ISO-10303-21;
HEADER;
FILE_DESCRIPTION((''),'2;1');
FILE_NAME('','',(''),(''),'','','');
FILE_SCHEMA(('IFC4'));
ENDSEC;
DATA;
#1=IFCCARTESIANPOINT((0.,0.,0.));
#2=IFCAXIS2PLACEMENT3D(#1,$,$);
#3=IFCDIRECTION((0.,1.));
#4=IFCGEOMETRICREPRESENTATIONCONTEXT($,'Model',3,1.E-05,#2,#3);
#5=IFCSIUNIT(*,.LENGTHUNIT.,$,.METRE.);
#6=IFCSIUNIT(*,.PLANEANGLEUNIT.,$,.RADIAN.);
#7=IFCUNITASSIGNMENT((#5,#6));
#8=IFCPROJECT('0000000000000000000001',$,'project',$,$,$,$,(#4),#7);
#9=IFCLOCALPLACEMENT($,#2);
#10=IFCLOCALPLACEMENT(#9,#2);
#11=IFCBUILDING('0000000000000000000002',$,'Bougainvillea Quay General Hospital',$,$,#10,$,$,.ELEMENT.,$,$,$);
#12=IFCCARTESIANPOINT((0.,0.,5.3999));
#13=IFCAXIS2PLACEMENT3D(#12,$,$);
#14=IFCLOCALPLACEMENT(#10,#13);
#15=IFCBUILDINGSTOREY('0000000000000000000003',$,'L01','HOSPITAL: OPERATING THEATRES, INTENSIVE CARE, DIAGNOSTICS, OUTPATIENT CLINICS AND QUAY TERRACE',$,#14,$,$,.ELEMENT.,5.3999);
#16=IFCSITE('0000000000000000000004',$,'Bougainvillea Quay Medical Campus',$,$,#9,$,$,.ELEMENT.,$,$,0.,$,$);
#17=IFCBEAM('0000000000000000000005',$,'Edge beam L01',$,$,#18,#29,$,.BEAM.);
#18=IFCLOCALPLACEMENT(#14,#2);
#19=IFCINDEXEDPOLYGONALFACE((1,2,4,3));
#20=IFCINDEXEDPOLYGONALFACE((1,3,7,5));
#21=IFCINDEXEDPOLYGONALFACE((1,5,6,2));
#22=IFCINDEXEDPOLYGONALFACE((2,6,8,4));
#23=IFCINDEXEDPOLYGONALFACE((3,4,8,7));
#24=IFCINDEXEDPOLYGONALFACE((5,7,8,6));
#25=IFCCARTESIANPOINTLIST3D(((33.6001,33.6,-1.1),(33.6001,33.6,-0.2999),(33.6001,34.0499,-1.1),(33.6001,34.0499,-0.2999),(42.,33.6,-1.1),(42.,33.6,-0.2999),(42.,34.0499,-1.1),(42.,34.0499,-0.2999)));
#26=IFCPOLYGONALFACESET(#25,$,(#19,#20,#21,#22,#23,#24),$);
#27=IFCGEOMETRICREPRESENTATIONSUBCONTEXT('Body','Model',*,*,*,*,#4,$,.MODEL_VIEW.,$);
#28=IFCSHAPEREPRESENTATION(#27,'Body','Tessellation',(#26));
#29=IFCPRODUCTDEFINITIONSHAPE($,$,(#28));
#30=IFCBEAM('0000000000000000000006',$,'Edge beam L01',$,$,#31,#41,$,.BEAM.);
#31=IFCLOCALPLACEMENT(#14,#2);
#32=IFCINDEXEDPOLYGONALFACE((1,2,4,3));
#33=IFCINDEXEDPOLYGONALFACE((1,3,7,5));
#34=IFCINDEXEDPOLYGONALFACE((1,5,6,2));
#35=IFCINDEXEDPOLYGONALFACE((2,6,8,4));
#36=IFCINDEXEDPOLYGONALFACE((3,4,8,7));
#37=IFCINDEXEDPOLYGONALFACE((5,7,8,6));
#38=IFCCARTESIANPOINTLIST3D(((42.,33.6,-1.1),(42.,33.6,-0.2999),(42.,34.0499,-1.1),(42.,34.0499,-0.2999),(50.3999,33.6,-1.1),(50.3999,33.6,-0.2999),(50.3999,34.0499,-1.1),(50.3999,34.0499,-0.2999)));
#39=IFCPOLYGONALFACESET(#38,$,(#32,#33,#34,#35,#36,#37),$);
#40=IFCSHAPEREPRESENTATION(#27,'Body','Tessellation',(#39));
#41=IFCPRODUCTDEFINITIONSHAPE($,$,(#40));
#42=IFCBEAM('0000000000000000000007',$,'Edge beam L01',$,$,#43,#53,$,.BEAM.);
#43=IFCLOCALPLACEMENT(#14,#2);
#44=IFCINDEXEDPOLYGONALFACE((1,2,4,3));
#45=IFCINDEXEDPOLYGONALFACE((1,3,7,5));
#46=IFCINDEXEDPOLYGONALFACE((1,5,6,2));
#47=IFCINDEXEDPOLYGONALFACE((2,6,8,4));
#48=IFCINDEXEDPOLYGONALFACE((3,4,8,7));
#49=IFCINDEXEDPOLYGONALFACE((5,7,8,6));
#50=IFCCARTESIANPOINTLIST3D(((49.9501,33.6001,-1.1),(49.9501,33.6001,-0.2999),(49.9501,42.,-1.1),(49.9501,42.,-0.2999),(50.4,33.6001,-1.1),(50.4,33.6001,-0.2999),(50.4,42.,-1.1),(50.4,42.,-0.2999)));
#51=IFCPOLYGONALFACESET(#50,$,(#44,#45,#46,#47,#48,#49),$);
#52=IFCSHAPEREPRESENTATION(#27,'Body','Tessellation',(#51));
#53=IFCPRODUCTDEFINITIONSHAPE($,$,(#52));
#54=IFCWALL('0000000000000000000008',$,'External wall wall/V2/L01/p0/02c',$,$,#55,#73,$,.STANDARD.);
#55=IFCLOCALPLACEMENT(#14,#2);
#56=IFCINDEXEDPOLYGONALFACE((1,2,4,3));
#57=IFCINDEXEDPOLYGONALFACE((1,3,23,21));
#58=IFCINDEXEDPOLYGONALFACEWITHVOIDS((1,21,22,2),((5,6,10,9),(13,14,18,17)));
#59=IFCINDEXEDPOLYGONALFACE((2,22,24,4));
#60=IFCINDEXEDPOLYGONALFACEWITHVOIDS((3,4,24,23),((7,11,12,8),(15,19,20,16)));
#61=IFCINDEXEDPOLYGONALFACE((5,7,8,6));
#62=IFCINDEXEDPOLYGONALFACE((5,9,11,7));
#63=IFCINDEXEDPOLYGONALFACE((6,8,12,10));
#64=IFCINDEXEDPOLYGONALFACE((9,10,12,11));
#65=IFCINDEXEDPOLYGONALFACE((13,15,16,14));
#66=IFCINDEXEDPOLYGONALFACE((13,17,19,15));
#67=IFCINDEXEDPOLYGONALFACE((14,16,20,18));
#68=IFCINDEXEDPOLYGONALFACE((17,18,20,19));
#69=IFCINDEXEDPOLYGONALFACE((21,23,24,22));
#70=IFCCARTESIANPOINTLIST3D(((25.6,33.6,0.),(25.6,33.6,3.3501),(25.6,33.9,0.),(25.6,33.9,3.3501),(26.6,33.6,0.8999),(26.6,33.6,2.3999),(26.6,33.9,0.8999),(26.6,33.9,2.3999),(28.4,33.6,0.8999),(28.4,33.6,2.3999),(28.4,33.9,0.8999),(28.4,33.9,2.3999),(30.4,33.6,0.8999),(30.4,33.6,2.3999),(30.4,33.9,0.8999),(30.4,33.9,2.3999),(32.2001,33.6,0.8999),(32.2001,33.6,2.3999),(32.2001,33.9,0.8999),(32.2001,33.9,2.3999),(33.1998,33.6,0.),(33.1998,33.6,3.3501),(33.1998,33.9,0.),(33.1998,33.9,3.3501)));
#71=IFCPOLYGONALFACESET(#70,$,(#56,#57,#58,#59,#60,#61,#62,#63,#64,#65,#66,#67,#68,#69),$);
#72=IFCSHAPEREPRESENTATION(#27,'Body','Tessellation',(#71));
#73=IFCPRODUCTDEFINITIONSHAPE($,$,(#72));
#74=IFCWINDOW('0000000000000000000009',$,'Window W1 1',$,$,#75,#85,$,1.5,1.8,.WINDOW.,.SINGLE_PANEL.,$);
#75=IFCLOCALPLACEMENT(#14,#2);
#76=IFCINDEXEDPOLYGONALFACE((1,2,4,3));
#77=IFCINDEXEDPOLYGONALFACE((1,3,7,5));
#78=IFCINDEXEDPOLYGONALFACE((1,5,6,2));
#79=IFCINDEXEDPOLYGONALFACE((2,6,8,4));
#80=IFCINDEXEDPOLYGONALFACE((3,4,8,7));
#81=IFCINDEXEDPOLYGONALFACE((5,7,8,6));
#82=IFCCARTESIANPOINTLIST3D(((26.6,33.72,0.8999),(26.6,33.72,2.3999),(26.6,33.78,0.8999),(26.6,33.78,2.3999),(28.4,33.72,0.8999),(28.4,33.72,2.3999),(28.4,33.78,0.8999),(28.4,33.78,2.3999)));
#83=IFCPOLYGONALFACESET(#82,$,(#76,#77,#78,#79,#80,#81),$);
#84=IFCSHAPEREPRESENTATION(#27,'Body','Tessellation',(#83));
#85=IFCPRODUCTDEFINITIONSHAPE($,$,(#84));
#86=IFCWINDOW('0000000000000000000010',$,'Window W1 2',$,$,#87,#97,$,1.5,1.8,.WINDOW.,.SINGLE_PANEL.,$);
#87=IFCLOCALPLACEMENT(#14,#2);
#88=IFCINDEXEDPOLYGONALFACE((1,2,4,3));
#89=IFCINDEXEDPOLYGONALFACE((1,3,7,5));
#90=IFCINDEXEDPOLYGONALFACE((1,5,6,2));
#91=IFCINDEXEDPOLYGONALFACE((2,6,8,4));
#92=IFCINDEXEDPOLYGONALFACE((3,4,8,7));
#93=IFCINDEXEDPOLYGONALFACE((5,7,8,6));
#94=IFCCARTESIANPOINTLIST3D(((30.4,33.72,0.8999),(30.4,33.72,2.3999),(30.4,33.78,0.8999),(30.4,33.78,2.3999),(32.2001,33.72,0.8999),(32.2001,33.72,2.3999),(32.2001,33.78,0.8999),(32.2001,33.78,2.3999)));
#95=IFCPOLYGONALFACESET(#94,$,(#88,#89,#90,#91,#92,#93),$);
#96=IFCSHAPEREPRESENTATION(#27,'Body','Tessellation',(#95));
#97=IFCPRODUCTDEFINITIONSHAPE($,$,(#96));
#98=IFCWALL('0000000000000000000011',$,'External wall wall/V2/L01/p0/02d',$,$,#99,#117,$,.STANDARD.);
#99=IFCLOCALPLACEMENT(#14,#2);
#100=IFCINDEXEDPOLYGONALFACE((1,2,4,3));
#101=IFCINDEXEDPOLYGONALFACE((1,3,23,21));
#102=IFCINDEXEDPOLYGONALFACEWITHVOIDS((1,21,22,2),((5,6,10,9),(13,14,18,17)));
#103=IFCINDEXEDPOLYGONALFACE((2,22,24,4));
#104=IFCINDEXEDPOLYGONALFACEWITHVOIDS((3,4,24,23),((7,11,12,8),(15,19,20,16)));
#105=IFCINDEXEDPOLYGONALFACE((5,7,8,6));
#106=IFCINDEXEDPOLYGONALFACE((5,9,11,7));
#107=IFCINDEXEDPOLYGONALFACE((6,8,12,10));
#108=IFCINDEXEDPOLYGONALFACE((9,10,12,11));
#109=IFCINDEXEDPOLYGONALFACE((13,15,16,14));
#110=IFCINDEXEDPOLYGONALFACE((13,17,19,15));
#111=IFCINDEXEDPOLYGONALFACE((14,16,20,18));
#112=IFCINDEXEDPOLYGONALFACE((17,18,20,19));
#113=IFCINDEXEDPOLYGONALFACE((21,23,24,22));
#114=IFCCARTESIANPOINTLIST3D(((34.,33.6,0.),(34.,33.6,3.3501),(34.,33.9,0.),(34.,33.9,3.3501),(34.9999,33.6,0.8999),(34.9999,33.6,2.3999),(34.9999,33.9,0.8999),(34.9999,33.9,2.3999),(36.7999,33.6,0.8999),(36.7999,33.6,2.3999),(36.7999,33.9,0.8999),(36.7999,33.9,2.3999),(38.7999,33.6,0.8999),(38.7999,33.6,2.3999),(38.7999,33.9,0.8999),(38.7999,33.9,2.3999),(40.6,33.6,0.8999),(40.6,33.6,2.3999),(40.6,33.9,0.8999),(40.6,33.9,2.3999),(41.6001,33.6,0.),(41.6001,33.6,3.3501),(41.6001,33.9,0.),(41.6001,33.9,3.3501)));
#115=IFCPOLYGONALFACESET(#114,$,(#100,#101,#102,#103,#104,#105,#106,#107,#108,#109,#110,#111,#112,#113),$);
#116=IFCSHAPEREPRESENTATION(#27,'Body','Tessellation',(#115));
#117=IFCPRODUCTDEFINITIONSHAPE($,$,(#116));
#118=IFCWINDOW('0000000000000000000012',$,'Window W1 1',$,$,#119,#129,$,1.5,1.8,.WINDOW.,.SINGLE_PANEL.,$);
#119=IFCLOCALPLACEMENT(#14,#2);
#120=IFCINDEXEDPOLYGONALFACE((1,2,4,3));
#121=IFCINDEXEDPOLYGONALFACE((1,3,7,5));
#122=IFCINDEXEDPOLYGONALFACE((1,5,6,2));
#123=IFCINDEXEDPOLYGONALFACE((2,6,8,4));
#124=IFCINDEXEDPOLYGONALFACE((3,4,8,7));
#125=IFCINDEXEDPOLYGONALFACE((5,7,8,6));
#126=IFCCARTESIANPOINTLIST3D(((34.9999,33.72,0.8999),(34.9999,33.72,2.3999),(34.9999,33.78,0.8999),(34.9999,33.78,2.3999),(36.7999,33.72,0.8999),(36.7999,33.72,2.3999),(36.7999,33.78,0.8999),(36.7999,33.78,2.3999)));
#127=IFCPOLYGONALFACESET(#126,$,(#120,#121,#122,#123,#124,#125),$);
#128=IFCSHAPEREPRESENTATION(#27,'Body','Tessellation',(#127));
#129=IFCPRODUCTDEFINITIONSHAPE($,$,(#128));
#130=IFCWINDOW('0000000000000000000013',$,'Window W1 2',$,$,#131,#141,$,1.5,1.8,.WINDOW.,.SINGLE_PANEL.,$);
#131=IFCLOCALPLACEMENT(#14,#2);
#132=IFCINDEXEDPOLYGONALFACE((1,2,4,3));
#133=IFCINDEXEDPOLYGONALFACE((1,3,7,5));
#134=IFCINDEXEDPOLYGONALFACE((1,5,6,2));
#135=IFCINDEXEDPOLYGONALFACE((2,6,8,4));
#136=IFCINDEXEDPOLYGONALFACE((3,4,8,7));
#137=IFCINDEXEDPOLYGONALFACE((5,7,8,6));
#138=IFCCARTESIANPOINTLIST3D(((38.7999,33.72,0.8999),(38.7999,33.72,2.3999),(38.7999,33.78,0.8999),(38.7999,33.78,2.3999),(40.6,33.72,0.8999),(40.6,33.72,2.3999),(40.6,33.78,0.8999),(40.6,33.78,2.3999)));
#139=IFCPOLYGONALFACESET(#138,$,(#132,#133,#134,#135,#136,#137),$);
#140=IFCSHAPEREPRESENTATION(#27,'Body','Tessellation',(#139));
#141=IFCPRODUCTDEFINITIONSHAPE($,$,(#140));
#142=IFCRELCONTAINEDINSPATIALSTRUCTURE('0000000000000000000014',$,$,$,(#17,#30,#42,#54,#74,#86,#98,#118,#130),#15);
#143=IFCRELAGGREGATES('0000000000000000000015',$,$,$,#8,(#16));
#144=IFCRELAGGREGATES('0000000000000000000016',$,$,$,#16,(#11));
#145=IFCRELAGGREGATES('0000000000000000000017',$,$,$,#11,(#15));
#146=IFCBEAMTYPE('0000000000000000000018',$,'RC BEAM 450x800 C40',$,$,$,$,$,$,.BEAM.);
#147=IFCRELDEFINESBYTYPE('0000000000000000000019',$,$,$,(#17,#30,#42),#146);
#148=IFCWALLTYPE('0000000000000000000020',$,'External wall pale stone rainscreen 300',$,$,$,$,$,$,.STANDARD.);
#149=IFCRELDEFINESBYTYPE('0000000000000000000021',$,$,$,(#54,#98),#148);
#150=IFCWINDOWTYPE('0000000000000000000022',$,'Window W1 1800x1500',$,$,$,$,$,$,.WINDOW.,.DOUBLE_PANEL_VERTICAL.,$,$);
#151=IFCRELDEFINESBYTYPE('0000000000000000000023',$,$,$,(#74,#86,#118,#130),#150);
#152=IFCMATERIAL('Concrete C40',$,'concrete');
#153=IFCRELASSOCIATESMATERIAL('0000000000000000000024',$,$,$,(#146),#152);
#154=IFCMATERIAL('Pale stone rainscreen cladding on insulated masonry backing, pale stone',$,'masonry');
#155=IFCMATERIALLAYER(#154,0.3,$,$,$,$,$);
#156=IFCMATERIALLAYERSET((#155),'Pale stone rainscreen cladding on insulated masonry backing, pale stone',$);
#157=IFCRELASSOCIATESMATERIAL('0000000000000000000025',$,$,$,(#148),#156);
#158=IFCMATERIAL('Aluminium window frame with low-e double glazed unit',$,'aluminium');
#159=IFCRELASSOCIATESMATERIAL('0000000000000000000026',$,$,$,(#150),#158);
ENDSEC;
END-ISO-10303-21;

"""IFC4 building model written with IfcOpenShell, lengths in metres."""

from ifc_helpers import new_model, si_unit, direction, frame, frame_2d, origin, origin_2d, place, context, subcontext, project, spatial, rectangle, extrude, material, layer, layer_set, material_profile, profile_set, type_object, element, fill, save


model = new_model("IFC4")

# Units and contexts
model_context = context("Model", 3, precision=1e-05, world=origin(), true_north=direction((0.0, 1.0)))
body_context = subcontext(model_context, "Body", "Model", "MODEL_VIEW")
ifc_project = project(units=[si_unit("LENGTHUNIT", "METRE"), si_unit("PLANEANGLEUNIT", "RADIAN")], contexts=[model_context])

# Site, building, storey
site_placement = place(None, origin())
site = spatial("IfcSite", under=ifc_project, at=site_placement, Name="Bougainvillea Quay Medical Campus", CompositionType="ELEMENT", RefElevation=0.0)
building_placement = place(site_placement, origin())
building = spatial("IfcBuilding", under=site, at=building_placement, Name="Bougainvillea Quay General Hospital", CompositionType="ELEMENT")
storey_placement = place(building_placement, frame((0.0, 0.0, 5.3999)))
storey = spatial("IfcBuildingStorey", under=building, at=storey_placement, Name="L01", Description="HOSPITAL: OPERATING THEATRES, INTENSIVE CARE, DIAGNOSTICS, OUTPATIENT CLINICS AND QUAY TERRACE", CompositionType="ELEMENT", Elevation=5.3999)

# Beams
ifc_material_1 = material(Name="Concrete C40", Category="concrete")
ifc_material_profile_1 = material_profile(ifc_material_1, rectangle(XDim=0.45, YDim=0.8, at=origin_2d()))
ifc_profile_set_1 = profile_set([ifc_material_profile_1], Name="Concrete C40")
beam_type_1 = type_object("IfcBeamType", Name="RC BEAM 450x800 C40", PredefinedType="BEAM", material=ifc_profile_set_1)
for number, where, z_axis, x_axis, name in (
    (1, (33.6001, 33.825, -0.7), (1.0, 0.0, 0.0), (0.0, 1.0, 0.0), "Edge beam L01"),
    (2, (42.0, 33.825, -0.7), (1.0, 0.0, 0.0), (0.0, 1.0, 0.0), "Edge beam L01"),
    (3, (50.175, 33.6001, -0.7), (0.0, 1.0, 0.0), (-1.0, 0.0, 0.0), "Edge beam L01"),
):
    element("IfcBeam", number, at=place(storey_placement, frame(where, z_axis=z_axis, x_axis=x_axis)), inside=storey, type_object=beam_type_1, Name=name, PredefinedType="BEAM", context=body_context, shape_type="SweptSolid", body=[
        extrude(rectangle(XDim=0.45, YDim=0.8, at=origin_2d()), origin(), (0.0, 0.0, 1.0), 8.3999),
    ])

# Walls, openings, windows
ifc_material_2 = material(Name="Pale stone rainscreen cladding on insulated masonry backing, pale stone", Category="masonry")
ifc_layer_1 = layer(ifc_material_2, 0.3)
ifc_layer_set_1 = layer_set([ifc_layer_1], Name="Pale stone rainscreen cladding on insulated masonry backing, pale stone")
wall_type_1 = type_object("IfcWallType", Name="External wall pale stone rainscreen 300", PredefinedType="STANDARD", material=ifc_layer_set_1)
wall_1_placement = place(storey_placement, frame((25.6001, 33.75, 0.0), z_axis=(0.0, 0.0, 1.0), x_axis=(1.0, 0.0, 0.0)))
wall_1 = element("IfcWall", 4, at=wall_1_placement, inside=storey, type_object=wall_type_1, Name="External wall wall/V2/L01/p0/02c", PredefinedType="STANDARD", context=body_context, shape_type="SweptSolid", body=[
    extrude(rectangle(XDim=7.5999, YDim=0.3, at=frame_2d((3.7998, 0.0))), origin(), (0.0, 0.0, 1.0), 3.3501),
])
opening_1_placement = place(wall_1_placement, frame((1.0, 0.0, 0.8999)))
opening_1 = element("IfcOpeningElement", 5, at=opening_1_placement, cuts=wall_1, PredefinedType="OPENING", context=body_context, shape_type="SweptSolid", body=[
    extrude(rectangle(XDim=1.8, YDim=1.5, at=frame_2d((0.8999, 0.75))), frame((0.0, 0.1599, 0.0), z_axis=(0.0, -1.0, 0.0), x_axis=(1.0, 0.0, 0.0)), (0.0, 0.0, 1.0), 0.3201),
])
opening_2_placement = place(wall_1_placement, frame((4.8, 0.0, 0.8999)))
opening_2 = element("IfcOpeningElement", 6, at=opening_2_placement, cuts=wall_1, PredefinedType="OPENING", context=body_context, shape_type="SweptSolid", body=[
    extrude(rectangle(XDim=1.8, YDim=1.5, at=frame_2d((0.8999, 0.75))), frame((0.0, 0.1599, 0.0), z_axis=(0.0, -1.0, 0.0), x_axis=(1.0, 0.0, 0.0)), (0.0, 0.0, 1.0), 0.3201),
])
ifc_material_3 = material(Name="Aluminium window frame with low-e double glazed unit", Category="aluminium")
window_type = type_object("IfcWindowType", Name="Window W1 1800x1500", PartitioningType="DOUBLE_PANEL_VERTICAL", PredefinedType="WINDOW", material=ifc_material_3)
window_1_placement = place(opening_1_placement, origin())
window_1 = element("IfcWindow", 7, at=window_1_placement, inside=storey, type_object=window_type, Name="Window W1 1", OverallHeight=1.5, OverallWidth=1.8, PartitioningType="SINGLE_PANEL", PredefinedType="WINDOW", context=body_context, shape_type="SweptSolid", body=[
    extrude(rectangle(XDim=1.8, YDim=1.5, at=frame_2d((0.8999, 0.75))), frame((0.0, 0.03, 0.0), z_axis=(0.0, -1.0, 0.0), x_axis=(1.0, 0.0, 0.0)), (0.0, 0.0, 1.0), 0.0601),
])
fill(opening_1, window_1)
window_2_placement = place(opening_2_placement, origin())
window_2 = element("IfcWindow", 8, at=window_2_placement, inside=storey, type_object=window_type, Name="Window W1 2", OverallHeight=1.5, OverallWidth=1.8, PartitioningType="SINGLE_PANEL", PredefinedType="WINDOW", context=body_context, shape_type="SweptSolid", body=[
    extrude(rectangle(XDim=1.8, YDim=1.5, at=frame_2d((0.8999, 0.75))), frame((0.0, 0.03, 0.0), z_axis=(0.0, -1.0, 0.0), x_axis=(1.0, 0.0, 0.0)), (0.0, 0.0, 1.0), 0.0601),
])
fill(opening_2, window_2)
wall_2_placement = place(storey_placement, frame((34.0, 33.75, 0.0), z_axis=(0.0, 0.0, 1.0), x_axis=(1.0, 0.0, 0.0)))
wall_2 = element("IfcWall", 9, at=wall_2_placement, inside=storey, type_object=wall_type_1, Name="External wall wall/V2/L01/p0/02d", PredefinedType="STANDARD", context=body_context, shape_type="SweptSolid", body=[
    extrude(rectangle(XDim=7.6001, YDim=0.3, at=frame_2d((3.8, 0.0))), origin(), (0.0, 0.0, 1.0), 3.3501),
])
opening_3_placement = place(wall_2_placement, frame((1.0, 0.0, 0.8999)))
opening_3 = element("IfcOpeningElement", 10, at=opening_3_placement, cuts=wall_2, PredefinedType="OPENING", context=body_context, shape_type="SweptSolid", body=[
    extrude(rectangle(XDim=1.8, YDim=1.5, at=frame_2d((0.8999, 0.75))), frame((0.0, 0.1599, 0.0), z_axis=(0.0, -1.0, 0.0), x_axis=(1.0, 0.0, 0.0)), (0.0, 0.0, 1.0), 0.3201),
])
opening_4_placement = place(wall_2_placement, frame((4.8, 0.0, 0.8999)))
opening_4 = element("IfcOpeningElement", 11, at=opening_4_placement, cuts=wall_2, PredefinedType="OPENING", context=body_context, shape_type="SweptSolid", body=[
    extrude(rectangle(XDim=1.8, YDim=1.5, at=frame_2d((0.8999, 0.75))), frame((0.0, 0.1599, 0.0), z_axis=(0.0, -1.0, 0.0), x_axis=(1.0, 0.0, 0.0)), (0.0, 0.0, 1.0), 0.3201),
])
window_3_placement = place(opening_3_placement, origin())
window_3 = element("IfcWindow", 12, at=window_3_placement, inside=storey, type_object=window_type, Name="Window W1 1", OverallHeight=1.5, OverallWidth=1.8, PartitioningType="SINGLE_PANEL", PredefinedType="WINDOW", context=body_context, shape_type="SweptSolid", body=[
    extrude(rectangle(XDim=1.8, YDim=1.5, at=frame_2d((0.8999, 0.75))), frame((0.0, 0.03, 0.0), z_axis=(0.0, -1.0, 0.0), x_axis=(1.0, 0.0, 0.0)), (0.0, 0.0, 1.0), 0.0601),
])
fill(opening_3, window_3)
window_4_placement = place(opening_4_placement, origin())
window_4 = element("IfcWindow", 13, at=window_4_placement, inside=storey, type_object=window_type, Name="Window W1 2", OverallHeight=1.5, OverallWidth=1.8, PartitioningType="SINGLE_PANEL", PredefinedType="WINDOW", context=body_context, shape_type="SweptSolid", body=[
    extrude(rectangle(XDim=1.8, YDim=1.5, at=frame_2d((0.8999, 0.75))), frame((0.0, 0.03, 0.0), z_axis=(0.0, -1.0, 0.0), x_axis=(1.0, 0.0, 0.0)), (0.0, 0.0, 1.0), 0.0601),
])
fill(opening_4, window_4)

save(model, "model.ifc")
